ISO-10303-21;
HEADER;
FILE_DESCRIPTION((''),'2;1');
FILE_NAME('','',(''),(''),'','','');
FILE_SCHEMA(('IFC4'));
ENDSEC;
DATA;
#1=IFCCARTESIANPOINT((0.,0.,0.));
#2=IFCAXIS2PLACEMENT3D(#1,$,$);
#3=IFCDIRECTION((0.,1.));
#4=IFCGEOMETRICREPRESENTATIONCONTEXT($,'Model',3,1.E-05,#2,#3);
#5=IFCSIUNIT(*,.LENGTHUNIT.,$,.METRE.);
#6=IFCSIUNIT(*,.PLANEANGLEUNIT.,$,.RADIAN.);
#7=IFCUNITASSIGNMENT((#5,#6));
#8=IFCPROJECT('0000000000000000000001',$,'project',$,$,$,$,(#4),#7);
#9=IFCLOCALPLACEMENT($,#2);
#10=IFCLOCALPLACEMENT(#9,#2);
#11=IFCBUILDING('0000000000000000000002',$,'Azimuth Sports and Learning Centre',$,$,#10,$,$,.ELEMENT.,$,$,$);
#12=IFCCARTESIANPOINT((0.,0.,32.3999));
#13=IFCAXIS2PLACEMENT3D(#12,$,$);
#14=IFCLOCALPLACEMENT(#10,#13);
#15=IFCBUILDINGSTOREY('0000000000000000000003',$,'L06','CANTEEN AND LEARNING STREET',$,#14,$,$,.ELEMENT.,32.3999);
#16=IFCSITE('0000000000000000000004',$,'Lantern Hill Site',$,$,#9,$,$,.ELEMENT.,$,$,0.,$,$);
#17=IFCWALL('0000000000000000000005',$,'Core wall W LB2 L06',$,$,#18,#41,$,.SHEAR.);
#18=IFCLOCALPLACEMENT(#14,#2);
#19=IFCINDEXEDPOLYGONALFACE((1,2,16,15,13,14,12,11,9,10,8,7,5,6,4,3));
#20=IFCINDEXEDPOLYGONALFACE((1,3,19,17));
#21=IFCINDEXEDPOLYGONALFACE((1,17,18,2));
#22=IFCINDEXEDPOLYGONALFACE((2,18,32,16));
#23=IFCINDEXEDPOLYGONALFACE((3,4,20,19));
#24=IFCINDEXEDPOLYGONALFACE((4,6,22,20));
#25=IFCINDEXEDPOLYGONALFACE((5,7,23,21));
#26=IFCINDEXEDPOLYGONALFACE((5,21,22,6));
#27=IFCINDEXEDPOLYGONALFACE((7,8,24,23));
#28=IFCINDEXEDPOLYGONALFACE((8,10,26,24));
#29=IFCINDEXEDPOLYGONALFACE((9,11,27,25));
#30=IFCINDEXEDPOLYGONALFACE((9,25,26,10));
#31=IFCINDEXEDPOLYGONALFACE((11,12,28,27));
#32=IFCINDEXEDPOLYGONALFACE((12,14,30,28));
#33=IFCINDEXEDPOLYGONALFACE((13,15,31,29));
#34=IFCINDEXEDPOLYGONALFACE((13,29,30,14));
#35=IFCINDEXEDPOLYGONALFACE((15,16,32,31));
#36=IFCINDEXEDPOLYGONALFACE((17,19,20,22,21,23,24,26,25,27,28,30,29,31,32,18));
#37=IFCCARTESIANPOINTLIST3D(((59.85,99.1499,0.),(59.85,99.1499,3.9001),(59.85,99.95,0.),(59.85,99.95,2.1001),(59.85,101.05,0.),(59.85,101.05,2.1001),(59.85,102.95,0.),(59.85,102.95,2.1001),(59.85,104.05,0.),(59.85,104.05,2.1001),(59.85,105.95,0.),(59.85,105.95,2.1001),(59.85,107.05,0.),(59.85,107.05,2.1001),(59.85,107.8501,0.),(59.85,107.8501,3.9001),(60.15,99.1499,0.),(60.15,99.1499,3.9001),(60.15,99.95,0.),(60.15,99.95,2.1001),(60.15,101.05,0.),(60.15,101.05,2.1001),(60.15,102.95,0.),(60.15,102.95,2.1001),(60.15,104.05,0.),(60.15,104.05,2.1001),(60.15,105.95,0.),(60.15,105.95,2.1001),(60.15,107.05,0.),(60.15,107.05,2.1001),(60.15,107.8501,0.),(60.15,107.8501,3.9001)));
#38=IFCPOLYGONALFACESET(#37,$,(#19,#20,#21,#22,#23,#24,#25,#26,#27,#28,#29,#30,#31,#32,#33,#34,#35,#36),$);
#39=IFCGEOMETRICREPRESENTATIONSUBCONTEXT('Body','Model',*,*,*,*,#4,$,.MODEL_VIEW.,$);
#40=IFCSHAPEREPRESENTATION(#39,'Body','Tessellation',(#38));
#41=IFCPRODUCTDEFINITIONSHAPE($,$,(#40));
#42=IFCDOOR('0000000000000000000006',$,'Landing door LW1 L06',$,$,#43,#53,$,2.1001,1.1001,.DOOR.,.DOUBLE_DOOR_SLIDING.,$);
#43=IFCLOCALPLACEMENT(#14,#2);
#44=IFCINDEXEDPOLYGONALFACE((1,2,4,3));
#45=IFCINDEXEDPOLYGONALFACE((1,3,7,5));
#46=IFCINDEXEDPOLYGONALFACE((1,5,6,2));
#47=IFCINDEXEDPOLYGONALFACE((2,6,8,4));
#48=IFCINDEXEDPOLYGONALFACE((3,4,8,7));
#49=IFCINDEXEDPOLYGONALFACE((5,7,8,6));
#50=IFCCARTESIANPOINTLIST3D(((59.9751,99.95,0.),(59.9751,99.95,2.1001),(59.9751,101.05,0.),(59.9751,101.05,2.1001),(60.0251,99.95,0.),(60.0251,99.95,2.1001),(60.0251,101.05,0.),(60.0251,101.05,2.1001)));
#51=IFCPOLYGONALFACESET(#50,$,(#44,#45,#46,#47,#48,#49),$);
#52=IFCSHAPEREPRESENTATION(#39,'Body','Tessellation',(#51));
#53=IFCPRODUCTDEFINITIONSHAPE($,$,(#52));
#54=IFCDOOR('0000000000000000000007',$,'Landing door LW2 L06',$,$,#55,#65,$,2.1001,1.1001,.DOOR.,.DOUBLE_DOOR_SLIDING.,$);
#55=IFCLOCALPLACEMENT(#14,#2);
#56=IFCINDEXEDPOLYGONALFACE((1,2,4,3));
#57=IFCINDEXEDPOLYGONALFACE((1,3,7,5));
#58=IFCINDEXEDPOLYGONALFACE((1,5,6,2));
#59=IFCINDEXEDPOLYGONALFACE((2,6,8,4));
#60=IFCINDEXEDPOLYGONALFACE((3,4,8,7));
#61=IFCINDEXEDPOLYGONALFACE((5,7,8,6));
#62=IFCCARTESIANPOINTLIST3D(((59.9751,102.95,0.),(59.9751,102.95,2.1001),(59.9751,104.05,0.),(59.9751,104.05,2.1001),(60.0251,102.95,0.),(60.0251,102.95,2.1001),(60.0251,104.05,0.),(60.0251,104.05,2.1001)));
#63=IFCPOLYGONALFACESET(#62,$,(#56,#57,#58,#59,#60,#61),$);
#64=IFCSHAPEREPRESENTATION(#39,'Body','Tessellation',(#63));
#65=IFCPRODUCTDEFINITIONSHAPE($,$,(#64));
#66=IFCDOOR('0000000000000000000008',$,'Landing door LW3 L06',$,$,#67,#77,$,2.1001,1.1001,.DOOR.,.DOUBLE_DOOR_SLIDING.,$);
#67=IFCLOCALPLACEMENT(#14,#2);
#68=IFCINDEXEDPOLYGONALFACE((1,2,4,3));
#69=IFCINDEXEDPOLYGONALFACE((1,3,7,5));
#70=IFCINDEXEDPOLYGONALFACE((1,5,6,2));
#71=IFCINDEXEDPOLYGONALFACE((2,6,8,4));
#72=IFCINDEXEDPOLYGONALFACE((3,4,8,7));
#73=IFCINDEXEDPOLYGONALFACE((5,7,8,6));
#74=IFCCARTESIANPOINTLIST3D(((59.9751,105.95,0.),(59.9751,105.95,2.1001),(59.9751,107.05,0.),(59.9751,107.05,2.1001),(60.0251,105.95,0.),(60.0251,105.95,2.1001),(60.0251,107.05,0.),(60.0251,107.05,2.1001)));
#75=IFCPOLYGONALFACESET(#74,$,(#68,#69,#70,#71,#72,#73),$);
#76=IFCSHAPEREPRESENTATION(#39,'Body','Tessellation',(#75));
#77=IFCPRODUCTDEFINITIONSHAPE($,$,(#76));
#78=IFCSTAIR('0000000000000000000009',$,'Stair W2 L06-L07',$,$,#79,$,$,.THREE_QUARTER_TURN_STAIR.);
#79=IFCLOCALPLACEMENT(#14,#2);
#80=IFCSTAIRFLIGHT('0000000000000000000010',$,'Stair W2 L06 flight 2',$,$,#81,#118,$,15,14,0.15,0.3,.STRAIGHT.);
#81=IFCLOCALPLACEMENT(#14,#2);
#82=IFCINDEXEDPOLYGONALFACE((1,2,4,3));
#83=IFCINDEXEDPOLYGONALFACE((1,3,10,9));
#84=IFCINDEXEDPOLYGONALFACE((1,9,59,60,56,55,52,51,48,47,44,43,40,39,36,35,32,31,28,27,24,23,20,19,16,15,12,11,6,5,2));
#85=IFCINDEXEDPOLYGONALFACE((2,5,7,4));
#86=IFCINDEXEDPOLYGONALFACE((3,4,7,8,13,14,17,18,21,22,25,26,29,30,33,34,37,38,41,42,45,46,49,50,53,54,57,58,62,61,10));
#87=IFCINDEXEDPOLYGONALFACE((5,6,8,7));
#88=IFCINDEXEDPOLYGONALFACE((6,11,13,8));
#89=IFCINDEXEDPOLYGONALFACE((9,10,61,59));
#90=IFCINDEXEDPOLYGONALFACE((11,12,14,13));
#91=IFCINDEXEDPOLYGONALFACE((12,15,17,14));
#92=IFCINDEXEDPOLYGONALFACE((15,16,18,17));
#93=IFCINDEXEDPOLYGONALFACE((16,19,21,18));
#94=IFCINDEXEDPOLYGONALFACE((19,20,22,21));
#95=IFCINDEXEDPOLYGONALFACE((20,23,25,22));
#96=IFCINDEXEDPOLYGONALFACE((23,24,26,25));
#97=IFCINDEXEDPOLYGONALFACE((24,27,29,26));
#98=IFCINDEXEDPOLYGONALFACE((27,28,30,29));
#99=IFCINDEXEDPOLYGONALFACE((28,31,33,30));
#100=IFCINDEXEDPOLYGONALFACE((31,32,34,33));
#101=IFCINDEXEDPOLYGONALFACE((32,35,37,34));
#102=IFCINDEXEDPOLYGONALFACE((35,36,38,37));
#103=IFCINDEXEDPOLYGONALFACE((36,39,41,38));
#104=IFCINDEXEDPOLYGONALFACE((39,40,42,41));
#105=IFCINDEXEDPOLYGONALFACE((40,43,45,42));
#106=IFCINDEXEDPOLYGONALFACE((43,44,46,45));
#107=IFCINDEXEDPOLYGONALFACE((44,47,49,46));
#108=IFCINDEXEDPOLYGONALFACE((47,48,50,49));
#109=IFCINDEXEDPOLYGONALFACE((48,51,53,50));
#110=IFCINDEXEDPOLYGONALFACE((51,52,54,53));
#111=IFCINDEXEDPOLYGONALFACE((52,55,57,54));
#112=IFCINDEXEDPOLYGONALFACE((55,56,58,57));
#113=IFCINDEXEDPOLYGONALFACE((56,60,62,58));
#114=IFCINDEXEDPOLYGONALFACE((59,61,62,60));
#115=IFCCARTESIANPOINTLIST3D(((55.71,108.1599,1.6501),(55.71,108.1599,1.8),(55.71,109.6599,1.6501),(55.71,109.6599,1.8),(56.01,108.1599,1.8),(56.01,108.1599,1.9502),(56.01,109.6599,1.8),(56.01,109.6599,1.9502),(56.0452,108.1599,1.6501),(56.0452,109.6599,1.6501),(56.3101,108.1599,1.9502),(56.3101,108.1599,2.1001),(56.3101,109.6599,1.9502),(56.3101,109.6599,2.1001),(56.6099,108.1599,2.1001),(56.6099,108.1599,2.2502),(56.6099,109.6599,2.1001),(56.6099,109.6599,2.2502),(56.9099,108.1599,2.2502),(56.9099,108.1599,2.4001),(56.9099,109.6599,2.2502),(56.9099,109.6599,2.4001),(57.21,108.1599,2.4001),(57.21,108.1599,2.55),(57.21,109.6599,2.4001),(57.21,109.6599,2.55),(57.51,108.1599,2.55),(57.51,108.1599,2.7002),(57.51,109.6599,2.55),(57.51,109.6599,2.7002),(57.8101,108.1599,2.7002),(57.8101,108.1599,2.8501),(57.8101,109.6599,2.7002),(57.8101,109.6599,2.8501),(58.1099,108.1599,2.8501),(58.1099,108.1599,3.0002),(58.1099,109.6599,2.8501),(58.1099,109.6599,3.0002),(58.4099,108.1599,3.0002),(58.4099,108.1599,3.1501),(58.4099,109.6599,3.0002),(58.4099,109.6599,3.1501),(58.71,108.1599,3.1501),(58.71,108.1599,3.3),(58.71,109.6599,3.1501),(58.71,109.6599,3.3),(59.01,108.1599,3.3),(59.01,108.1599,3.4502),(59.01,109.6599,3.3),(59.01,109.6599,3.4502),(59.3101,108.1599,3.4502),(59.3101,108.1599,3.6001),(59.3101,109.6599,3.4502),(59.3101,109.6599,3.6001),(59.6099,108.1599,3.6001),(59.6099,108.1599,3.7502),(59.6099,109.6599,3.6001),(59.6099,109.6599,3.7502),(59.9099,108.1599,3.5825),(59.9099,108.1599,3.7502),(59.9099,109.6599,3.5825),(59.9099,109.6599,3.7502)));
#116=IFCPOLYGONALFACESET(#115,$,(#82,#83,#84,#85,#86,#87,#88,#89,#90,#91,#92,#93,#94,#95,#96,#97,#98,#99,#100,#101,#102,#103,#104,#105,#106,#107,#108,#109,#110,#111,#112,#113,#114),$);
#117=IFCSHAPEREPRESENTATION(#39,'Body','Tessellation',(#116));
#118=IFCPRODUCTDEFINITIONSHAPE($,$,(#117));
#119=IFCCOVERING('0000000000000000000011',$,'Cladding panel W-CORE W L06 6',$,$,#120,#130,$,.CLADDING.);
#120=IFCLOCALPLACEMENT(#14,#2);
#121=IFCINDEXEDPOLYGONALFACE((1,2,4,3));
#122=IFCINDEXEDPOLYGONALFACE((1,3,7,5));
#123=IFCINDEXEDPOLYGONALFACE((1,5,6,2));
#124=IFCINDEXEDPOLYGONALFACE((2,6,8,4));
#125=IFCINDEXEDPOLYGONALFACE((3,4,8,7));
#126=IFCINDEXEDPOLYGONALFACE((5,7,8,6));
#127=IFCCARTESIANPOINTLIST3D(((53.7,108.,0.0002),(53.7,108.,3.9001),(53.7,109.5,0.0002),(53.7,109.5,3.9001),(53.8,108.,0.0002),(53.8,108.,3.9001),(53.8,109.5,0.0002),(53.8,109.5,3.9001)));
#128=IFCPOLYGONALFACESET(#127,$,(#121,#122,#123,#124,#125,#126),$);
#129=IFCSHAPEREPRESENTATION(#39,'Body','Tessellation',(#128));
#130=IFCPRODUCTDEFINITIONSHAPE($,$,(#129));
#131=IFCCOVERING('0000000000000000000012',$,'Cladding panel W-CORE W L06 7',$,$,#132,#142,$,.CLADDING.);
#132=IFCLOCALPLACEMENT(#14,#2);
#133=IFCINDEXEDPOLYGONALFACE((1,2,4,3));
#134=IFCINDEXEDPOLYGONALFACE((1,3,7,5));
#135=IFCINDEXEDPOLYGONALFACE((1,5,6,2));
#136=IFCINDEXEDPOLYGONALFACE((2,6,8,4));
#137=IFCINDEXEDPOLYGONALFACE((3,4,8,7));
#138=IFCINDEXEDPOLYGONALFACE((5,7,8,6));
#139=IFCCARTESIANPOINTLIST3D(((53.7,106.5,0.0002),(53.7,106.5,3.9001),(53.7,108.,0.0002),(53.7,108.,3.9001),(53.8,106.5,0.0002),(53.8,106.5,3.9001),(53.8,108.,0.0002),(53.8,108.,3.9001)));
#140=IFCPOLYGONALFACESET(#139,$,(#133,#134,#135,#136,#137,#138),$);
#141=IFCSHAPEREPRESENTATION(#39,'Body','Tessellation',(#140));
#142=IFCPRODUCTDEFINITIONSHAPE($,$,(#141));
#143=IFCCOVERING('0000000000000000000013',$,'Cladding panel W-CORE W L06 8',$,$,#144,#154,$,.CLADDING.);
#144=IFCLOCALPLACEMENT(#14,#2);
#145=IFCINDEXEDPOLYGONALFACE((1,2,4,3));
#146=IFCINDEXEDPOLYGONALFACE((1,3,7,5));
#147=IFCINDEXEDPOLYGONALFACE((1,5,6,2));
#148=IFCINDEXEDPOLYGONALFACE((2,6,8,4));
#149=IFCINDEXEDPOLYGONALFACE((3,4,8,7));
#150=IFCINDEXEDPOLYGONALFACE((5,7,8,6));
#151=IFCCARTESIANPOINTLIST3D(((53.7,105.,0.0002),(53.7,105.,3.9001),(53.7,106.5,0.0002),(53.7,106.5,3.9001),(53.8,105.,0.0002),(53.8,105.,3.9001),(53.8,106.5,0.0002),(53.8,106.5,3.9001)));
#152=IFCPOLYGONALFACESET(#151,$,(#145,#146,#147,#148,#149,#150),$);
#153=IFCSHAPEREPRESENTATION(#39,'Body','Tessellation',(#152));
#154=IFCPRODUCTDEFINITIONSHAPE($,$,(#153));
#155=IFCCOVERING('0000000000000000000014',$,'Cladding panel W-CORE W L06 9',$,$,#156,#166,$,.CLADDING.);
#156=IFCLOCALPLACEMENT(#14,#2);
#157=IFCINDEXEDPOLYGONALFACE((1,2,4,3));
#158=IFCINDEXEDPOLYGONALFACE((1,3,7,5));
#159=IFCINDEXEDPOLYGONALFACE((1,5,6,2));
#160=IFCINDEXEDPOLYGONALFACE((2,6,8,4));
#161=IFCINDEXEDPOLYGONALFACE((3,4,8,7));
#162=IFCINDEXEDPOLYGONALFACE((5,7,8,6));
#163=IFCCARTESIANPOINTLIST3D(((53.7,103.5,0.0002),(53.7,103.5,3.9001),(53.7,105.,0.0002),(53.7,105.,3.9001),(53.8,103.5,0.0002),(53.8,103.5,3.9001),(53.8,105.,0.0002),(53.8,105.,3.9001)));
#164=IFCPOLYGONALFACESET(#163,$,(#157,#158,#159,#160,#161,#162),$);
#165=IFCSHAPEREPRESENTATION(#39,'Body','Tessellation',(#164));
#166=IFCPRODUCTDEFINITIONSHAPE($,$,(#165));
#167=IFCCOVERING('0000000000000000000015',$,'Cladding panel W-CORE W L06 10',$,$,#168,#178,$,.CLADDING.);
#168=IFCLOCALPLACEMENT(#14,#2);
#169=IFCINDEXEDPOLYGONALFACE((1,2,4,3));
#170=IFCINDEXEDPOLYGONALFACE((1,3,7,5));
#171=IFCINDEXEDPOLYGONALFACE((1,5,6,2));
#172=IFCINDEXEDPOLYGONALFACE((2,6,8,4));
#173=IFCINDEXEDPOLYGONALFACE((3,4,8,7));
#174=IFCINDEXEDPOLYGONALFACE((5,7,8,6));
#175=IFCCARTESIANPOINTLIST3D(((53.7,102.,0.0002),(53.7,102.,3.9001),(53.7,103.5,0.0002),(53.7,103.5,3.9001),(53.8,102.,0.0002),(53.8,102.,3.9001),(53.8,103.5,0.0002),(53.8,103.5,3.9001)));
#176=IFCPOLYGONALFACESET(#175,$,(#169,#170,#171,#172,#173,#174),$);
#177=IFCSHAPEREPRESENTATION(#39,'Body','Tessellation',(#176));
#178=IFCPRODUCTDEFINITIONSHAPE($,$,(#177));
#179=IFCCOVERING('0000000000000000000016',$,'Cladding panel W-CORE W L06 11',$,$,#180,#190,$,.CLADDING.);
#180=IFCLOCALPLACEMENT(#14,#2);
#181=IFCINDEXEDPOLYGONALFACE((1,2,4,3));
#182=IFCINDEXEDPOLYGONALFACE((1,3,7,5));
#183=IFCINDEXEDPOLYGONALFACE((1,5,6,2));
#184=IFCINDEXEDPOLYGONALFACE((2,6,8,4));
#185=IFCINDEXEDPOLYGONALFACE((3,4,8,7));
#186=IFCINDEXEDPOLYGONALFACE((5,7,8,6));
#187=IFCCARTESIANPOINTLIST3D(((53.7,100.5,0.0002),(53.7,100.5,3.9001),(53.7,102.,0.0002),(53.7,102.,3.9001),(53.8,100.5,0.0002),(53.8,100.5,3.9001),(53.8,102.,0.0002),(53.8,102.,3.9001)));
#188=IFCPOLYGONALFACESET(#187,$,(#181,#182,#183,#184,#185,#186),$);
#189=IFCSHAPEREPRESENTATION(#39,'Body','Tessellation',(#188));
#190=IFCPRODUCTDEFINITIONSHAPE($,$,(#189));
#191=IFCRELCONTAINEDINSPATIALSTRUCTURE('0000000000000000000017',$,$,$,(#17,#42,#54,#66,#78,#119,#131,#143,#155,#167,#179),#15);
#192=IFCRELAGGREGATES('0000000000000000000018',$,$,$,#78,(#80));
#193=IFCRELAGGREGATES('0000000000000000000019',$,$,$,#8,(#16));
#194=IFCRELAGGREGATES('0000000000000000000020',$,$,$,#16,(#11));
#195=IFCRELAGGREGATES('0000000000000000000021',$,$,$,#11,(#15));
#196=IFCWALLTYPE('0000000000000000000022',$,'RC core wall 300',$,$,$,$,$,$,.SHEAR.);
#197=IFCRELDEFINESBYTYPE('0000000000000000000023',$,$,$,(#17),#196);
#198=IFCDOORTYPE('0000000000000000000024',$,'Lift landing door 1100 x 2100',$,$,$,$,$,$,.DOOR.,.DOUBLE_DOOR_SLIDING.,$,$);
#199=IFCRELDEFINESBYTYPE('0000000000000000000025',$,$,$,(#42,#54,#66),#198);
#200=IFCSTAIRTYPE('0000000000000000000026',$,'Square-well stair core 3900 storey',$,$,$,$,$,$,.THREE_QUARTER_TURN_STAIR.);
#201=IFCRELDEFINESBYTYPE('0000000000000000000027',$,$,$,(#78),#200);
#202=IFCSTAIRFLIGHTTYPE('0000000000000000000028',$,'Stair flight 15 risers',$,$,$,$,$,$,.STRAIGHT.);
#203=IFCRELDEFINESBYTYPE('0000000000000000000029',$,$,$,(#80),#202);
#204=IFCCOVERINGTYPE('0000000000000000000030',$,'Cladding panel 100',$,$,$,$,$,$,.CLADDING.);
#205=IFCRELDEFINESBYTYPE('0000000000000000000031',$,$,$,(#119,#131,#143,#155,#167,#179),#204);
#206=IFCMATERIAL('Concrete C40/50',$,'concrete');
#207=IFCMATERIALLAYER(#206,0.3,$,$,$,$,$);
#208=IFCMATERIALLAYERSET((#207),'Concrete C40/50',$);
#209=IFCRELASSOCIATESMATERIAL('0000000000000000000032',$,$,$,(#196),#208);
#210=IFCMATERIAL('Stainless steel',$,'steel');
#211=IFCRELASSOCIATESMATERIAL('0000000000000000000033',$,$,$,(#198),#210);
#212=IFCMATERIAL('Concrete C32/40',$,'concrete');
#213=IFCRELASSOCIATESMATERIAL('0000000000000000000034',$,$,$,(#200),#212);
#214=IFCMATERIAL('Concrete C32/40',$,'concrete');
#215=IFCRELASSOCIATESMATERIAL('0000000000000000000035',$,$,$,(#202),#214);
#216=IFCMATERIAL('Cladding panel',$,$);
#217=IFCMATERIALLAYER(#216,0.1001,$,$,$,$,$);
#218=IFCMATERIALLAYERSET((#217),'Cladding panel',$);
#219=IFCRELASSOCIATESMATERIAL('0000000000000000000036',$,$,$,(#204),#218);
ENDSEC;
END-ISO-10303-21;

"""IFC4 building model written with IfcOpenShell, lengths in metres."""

from ifc_helpers import new_model, si_unit, direction, frame, frame_2d, origin, origin_2d, place, context, subcontext, project, spatial, polyline, rectangle, outline, extrude, material, layer, layer_set, type_object, element, fill, aggregate, save


model = new_model("IFC4")

# Units and contexts
model_context = context("Model", 3, precision=1e-05, world=origin(), true_north=direction((0.0, 1.0)))
body_context = subcontext(model_context, "Body", "Model", "MODEL_VIEW")
ifc_project = project(units=[si_unit("LENGTHUNIT", "METRE"), si_unit("PLANEANGLEUNIT", "RADIAN")], contexts=[model_context])

# Site, building, storey
site_placement = place(None, origin())
site = spatial("IfcSite", under=ifc_project, at=site_placement, Name="Lantern Hill Site", CompositionType="ELEMENT", RefElevation=0.0)
building_placement = place(site_placement, origin())
building = spatial("IfcBuilding", under=site, at=building_placement, Name="Azimuth Sports and Learning Centre", CompositionType="ELEMENT")
storey_placement = place(building_placement, frame((0.0, 0.0, 32.3999)))
storey = spatial("IfcBuildingStorey", under=building, at=storey_placement, Name="L06", Description="CANTEEN AND LEARNING STREET", CompositionType="ELEMENT", Elevation=32.3999)

# Shared definitions
ifc_material_1 = material(Name="Concrete C40/50", Category="concrete")
ifc_layer_1 = layer(ifc_material_1, 0.3)
ifc_layer_set_1 = layer_set([ifc_layer_1], Name="Concrete C40/50")
wall_type_1 = type_object("IfcWallType", Name="RC core wall 300", PredefinedType="SHEAR", material=ifc_layer_set_1)

# Wall, openings, doors
wall_1_placement = place(storey_placement, frame((60.0, 99.1499, 0.0), z_axis=(0.0, 0.0, 1.0), x_axis=(0.0, 1.0, 0.0)))
wall_1 = element("IfcWall", 1, at=wall_1_placement, inside=storey, type_object=wall_type_1, Name="Core wall W LB2 L06", PredefinedType="SHEAR", context=body_context, shape_type="SweptSolid", body=[
    extrude(rectangle(XDim=8.7002, YDim=0.3, at=frame_2d((4.3501, 0.0))), origin(), (0.0, 0.0, 1.0), 3.9001),
])
opening_1_placement = place(wall_1_placement, frame((0.8, 0.0, 0.0)))
opening_1 = element("IfcOpeningElement", 2, at=opening_1_placement, cuts=wall_1, PredefinedType="OPENING", context=body_context, shape_type="SweptSolid", body=[
    extrude(rectangle(XDim=1.1001, YDim=2.1001, at=frame_2d((0.55, 1.05))), frame((0.0, 0.1611, 0.0), z_axis=(0.0, -1.0, 0.0), x_axis=(1.0, 0.0, 0.0)), (0.0, 0.0, 1.0), 0.322),
])
opening_2_placement = place(wall_1_placement, frame((3.8, 0.0, 0.0)))
opening_2 = element("IfcOpeningElement", 3, at=opening_2_placement, cuts=wall_1, PredefinedType="OPENING", context=body_context, shape_type="SweptSolid", body=[
    extrude(rectangle(XDim=1.1001, YDim=2.1001, at=frame_2d((0.55, 1.05))), frame((0.0, 0.1611, 0.0), z_axis=(0.0, -1.0, 0.0), x_axis=(1.0, 0.0, 0.0)), (0.0, 0.0, 1.0), 0.322),
])
opening_3_placement = place(wall_1_placement, frame((6.8, 0.0, 0.0)))
opening_3 = element("IfcOpeningElement", 4, at=opening_3_placement, cuts=wall_1, PredefinedType="OPENING", context=body_context, shape_type="SweptSolid", body=[
    extrude(rectangle(XDim=1.1001, YDim=2.1001, at=frame_2d((0.55, 1.05))), frame((0.0, 0.1611, 0.0), z_axis=(0.0, -1.0, 0.0), x_axis=(1.0, 0.0, 0.0)), (0.0, 0.0, 1.0), 0.322),
])
ifc_material_2 = material(Name="Stainless steel", Category="steel")
door_type_1 = type_object("IfcDoorType", Name="Lift landing door 1100 x 2100", OperationType="DOUBLE_DOOR_SLIDING", PredefinedType="DOOR", material=ifc_material_2)
door_1_placement = place(opening_1_placement, origin())
door_1 = element("IfcDoor", 5, at=door_1_placement, inside=storey, type_object=door_type_1, Name="Landing door LW1 L06", OperationType="DOUBLE_DOOR_SLIDING", OverallHeight=2.1001, OverallWidth=1.1001, PredefinedType="DOOR", context=body_context, shape_type="SweptSolid", body=[
    extrude(rectangle(XDim=1.1001, YDim=2.1001, at=frame_2d((0.55, 1.05))), frame((0.0, 0.0249, 0.0), z_axis=(0.0, -1.0, 0.0), x_axis=(1.0, 0.0, 0.0)), (0.0, 0.0, 1.0), 0.05),
])
fill(opening_1, door_1)
door_2_placement = place(opening_2_placement, origin())
door_2 = element("IfcDoor", 6, at=door_2_placement, inside=storey, type_object=door_type_1, Name="Landing door LW2 L06", OperationType="DOUBLE_DOOR_SLIDING", OverallHeight=2.1001, OverallWidth=1.1001, PredefinedType="DOOR", context=body_context, shape_type="SweptSolid", body=[
    extrude(rectangle(XDim=1.1001, YDim=2.1001, at=frame_2d((0.55, 1.05))), frame((0.0, 0.0249, 0.0), z_axis=(0.0, -1.0, 0.0), x_axis=(1.0, 0.0, 0.0)), (0.0, 0.0, 1.0), 0.05),
])
fill(opening_2, door_2)
door_3_placement = place(opening_3_placement, origin())
door_3 = element("IfcDoor", 7, at=door_3_placement, inside=storey, type_object=door_type_1, Name="Landing door LW3 L06", OperationType="DOUBLE_DOOR_SLIDING", OverallHeight=2.1001, OverallWidth=1.1001, PredefinedType="DOOR", context=body_context, shape_type="SweptSolid", body=[
    extrude(rectangle(XDim=1.1001, YDim=2.1001, at=frame_2d((0.55, 1.05))), frame((0.0, 0.0249, 0.0), z_axis=(0.0, -1.0, 0.0), x_axis=(1.0, 0.0, 0.0)), (0.0, 0.0, 1.0), 0.05),
])
fill(opening_3, door_3)

# Stair, stair flight
ifc_material_3 = material(Name="Concrete C32/40", Category="concrete")
stair_type = type_object("IfcStairType", Name="Square-well stair core 3900 storey", PredefinedType="THREE_QUARTER_TURN_STAIR", material=ifc_material_3)
stair_placement = place(storey_placement, origin())
stair = element("IfcStair", 8, at=stair_placement, inside=storey, type_object=stair_type, Name="Stair W2 L06-L07", PredefinedType="THREE_QUARTER_TURN_STAIR")
ifc_material_4 = material(Name="Concrete C32/40", Category="concrete")
stair_flight_type = type_object("IfcStairFlightType", Name="Stair flight 15 risers", PredefinedType="STRAIGHT", material=ifc_material_4)
stair_flight_placement = place(storey_placement, frame((55.71, 108.9099, 1.6501), z_axis=(0.0, 0.0, 1.0), x_axis=(1.0, 0.0, 0.0)))
stair_flight = element("IfcStairFlight", 9, at=stair_flight_placement, type_object=stair_flight_type, Name="Stair W2 L06 flight 2", NumberOfRisers=15, NumberOfTreads=14, PredefinedType="STRAIGHT", RiserHeight=0.15, TreadLength=0.3, context=body_context, shape_type="SweptSolid", body=[
    extrude(outline(polyline([(0.0, 0.0), (0.0, 0.1499), (0.3, 0.1499), (0.3, 0.3), (0.6001, 0.3), (0.6001, 0.45), (0.8999, 0.45), (0.8999, 0.6001), (1.2, 0.6001), (1.2, 0.75), (1.5, 0.75), (1.5, 0.8999), (1.8, 0.8999), (1.8, 1.05), (2.1001, 1.05), (2.1001, 1.2), (2.3999, 1.2), (2.3999, 1.3501), (2.7, 1.3501), (2.7, 1.5), (3.0, 1.5), (3.0, 1.6499), (3.3, 1.6499), (3.3, 1.8), (3.6001, 1.8), (3.6001, 1.95), (3.8999, 1.95), (3.8999, 2.1001), (4.2, 2.1001), (4.2, 2.25), (4.2, 1.9324), (0.3352, 0.0), (0.0, 0.0)])), frame((0.0, 0.75, 0.0), z_axis=(0.0, -1.0, 0.0), x_axis=(1.0, 0.0, 0.0)), (0.0, 0.0, 1.0), 1.5),
])
aggregate(stair, [stair_flight])

# Coverings
ifc_material_5 = material(Name="Cladding panel")
ifc_layer_2 = layer(ifc_material_5, 0.1001)
ifc_layer_set_2 = layer_set([ifc_layer_2], Name="Cladding panel")
covering_type = type_object("IfcCoveringType", Name="Cladding panel 100", PredefinedType="CLADDING", material=ifc_layer_set_2)
for number, where, z_axis, x_axis, name in (
    (10, (53.75, 108.75, 0.0002), (0.0, 0.0, 1.0), (0.0, -1.0, 0.0), "Cladding panel W-CORE W L06 6"),
    (11, (53.75, 107.25, 0.0002), (0.0, 0.0, 1.0), (0.0, -1.0, 0.0), "Cladding panel W-CORE W L06 7"),
    (12, (53.75, 105.75, 0.0002), (0.0, 0.0, 1.0), (0.0, -1.0, 0.0), "Cladding panel W-CORE W L06 8"),
    (13, (53.75, 104.25, 0.0002), (0.0, 0.0, 1.0), (0.0, -1.0, 0.0), "Cladding panel W-CORE W L06 9"),
    (14, (53.75, 102.75, 0.0002), (0.0, 0.0, 1.0), (0.0, -1.0, 0.0), "Cladding panel W-CORE W L06 10"),
    (15, (53.75, 101.25, 0.0002), (0.0, 0.0, 1.0), (0.0, -1.0, 0.0), "Cladding panel W-CORE W L06 11"),
):
    element("IfcCovering", number, at=place(storey_placement, frame(where, z_axis=z_axis, x_axis=x_axis)), inside=storey, type_object=covering_type, Name=name, PredefinedType="CLADDING", context=body_context, shape_type="SweptSolid", body=[
        extrude(rectangle(XDim=1.5, YDim=0.1001, at=origin_2d()), origin(), (0.0, 0.0, 1.0), 3.8999),
    ])

save(model, "model.ifc")
